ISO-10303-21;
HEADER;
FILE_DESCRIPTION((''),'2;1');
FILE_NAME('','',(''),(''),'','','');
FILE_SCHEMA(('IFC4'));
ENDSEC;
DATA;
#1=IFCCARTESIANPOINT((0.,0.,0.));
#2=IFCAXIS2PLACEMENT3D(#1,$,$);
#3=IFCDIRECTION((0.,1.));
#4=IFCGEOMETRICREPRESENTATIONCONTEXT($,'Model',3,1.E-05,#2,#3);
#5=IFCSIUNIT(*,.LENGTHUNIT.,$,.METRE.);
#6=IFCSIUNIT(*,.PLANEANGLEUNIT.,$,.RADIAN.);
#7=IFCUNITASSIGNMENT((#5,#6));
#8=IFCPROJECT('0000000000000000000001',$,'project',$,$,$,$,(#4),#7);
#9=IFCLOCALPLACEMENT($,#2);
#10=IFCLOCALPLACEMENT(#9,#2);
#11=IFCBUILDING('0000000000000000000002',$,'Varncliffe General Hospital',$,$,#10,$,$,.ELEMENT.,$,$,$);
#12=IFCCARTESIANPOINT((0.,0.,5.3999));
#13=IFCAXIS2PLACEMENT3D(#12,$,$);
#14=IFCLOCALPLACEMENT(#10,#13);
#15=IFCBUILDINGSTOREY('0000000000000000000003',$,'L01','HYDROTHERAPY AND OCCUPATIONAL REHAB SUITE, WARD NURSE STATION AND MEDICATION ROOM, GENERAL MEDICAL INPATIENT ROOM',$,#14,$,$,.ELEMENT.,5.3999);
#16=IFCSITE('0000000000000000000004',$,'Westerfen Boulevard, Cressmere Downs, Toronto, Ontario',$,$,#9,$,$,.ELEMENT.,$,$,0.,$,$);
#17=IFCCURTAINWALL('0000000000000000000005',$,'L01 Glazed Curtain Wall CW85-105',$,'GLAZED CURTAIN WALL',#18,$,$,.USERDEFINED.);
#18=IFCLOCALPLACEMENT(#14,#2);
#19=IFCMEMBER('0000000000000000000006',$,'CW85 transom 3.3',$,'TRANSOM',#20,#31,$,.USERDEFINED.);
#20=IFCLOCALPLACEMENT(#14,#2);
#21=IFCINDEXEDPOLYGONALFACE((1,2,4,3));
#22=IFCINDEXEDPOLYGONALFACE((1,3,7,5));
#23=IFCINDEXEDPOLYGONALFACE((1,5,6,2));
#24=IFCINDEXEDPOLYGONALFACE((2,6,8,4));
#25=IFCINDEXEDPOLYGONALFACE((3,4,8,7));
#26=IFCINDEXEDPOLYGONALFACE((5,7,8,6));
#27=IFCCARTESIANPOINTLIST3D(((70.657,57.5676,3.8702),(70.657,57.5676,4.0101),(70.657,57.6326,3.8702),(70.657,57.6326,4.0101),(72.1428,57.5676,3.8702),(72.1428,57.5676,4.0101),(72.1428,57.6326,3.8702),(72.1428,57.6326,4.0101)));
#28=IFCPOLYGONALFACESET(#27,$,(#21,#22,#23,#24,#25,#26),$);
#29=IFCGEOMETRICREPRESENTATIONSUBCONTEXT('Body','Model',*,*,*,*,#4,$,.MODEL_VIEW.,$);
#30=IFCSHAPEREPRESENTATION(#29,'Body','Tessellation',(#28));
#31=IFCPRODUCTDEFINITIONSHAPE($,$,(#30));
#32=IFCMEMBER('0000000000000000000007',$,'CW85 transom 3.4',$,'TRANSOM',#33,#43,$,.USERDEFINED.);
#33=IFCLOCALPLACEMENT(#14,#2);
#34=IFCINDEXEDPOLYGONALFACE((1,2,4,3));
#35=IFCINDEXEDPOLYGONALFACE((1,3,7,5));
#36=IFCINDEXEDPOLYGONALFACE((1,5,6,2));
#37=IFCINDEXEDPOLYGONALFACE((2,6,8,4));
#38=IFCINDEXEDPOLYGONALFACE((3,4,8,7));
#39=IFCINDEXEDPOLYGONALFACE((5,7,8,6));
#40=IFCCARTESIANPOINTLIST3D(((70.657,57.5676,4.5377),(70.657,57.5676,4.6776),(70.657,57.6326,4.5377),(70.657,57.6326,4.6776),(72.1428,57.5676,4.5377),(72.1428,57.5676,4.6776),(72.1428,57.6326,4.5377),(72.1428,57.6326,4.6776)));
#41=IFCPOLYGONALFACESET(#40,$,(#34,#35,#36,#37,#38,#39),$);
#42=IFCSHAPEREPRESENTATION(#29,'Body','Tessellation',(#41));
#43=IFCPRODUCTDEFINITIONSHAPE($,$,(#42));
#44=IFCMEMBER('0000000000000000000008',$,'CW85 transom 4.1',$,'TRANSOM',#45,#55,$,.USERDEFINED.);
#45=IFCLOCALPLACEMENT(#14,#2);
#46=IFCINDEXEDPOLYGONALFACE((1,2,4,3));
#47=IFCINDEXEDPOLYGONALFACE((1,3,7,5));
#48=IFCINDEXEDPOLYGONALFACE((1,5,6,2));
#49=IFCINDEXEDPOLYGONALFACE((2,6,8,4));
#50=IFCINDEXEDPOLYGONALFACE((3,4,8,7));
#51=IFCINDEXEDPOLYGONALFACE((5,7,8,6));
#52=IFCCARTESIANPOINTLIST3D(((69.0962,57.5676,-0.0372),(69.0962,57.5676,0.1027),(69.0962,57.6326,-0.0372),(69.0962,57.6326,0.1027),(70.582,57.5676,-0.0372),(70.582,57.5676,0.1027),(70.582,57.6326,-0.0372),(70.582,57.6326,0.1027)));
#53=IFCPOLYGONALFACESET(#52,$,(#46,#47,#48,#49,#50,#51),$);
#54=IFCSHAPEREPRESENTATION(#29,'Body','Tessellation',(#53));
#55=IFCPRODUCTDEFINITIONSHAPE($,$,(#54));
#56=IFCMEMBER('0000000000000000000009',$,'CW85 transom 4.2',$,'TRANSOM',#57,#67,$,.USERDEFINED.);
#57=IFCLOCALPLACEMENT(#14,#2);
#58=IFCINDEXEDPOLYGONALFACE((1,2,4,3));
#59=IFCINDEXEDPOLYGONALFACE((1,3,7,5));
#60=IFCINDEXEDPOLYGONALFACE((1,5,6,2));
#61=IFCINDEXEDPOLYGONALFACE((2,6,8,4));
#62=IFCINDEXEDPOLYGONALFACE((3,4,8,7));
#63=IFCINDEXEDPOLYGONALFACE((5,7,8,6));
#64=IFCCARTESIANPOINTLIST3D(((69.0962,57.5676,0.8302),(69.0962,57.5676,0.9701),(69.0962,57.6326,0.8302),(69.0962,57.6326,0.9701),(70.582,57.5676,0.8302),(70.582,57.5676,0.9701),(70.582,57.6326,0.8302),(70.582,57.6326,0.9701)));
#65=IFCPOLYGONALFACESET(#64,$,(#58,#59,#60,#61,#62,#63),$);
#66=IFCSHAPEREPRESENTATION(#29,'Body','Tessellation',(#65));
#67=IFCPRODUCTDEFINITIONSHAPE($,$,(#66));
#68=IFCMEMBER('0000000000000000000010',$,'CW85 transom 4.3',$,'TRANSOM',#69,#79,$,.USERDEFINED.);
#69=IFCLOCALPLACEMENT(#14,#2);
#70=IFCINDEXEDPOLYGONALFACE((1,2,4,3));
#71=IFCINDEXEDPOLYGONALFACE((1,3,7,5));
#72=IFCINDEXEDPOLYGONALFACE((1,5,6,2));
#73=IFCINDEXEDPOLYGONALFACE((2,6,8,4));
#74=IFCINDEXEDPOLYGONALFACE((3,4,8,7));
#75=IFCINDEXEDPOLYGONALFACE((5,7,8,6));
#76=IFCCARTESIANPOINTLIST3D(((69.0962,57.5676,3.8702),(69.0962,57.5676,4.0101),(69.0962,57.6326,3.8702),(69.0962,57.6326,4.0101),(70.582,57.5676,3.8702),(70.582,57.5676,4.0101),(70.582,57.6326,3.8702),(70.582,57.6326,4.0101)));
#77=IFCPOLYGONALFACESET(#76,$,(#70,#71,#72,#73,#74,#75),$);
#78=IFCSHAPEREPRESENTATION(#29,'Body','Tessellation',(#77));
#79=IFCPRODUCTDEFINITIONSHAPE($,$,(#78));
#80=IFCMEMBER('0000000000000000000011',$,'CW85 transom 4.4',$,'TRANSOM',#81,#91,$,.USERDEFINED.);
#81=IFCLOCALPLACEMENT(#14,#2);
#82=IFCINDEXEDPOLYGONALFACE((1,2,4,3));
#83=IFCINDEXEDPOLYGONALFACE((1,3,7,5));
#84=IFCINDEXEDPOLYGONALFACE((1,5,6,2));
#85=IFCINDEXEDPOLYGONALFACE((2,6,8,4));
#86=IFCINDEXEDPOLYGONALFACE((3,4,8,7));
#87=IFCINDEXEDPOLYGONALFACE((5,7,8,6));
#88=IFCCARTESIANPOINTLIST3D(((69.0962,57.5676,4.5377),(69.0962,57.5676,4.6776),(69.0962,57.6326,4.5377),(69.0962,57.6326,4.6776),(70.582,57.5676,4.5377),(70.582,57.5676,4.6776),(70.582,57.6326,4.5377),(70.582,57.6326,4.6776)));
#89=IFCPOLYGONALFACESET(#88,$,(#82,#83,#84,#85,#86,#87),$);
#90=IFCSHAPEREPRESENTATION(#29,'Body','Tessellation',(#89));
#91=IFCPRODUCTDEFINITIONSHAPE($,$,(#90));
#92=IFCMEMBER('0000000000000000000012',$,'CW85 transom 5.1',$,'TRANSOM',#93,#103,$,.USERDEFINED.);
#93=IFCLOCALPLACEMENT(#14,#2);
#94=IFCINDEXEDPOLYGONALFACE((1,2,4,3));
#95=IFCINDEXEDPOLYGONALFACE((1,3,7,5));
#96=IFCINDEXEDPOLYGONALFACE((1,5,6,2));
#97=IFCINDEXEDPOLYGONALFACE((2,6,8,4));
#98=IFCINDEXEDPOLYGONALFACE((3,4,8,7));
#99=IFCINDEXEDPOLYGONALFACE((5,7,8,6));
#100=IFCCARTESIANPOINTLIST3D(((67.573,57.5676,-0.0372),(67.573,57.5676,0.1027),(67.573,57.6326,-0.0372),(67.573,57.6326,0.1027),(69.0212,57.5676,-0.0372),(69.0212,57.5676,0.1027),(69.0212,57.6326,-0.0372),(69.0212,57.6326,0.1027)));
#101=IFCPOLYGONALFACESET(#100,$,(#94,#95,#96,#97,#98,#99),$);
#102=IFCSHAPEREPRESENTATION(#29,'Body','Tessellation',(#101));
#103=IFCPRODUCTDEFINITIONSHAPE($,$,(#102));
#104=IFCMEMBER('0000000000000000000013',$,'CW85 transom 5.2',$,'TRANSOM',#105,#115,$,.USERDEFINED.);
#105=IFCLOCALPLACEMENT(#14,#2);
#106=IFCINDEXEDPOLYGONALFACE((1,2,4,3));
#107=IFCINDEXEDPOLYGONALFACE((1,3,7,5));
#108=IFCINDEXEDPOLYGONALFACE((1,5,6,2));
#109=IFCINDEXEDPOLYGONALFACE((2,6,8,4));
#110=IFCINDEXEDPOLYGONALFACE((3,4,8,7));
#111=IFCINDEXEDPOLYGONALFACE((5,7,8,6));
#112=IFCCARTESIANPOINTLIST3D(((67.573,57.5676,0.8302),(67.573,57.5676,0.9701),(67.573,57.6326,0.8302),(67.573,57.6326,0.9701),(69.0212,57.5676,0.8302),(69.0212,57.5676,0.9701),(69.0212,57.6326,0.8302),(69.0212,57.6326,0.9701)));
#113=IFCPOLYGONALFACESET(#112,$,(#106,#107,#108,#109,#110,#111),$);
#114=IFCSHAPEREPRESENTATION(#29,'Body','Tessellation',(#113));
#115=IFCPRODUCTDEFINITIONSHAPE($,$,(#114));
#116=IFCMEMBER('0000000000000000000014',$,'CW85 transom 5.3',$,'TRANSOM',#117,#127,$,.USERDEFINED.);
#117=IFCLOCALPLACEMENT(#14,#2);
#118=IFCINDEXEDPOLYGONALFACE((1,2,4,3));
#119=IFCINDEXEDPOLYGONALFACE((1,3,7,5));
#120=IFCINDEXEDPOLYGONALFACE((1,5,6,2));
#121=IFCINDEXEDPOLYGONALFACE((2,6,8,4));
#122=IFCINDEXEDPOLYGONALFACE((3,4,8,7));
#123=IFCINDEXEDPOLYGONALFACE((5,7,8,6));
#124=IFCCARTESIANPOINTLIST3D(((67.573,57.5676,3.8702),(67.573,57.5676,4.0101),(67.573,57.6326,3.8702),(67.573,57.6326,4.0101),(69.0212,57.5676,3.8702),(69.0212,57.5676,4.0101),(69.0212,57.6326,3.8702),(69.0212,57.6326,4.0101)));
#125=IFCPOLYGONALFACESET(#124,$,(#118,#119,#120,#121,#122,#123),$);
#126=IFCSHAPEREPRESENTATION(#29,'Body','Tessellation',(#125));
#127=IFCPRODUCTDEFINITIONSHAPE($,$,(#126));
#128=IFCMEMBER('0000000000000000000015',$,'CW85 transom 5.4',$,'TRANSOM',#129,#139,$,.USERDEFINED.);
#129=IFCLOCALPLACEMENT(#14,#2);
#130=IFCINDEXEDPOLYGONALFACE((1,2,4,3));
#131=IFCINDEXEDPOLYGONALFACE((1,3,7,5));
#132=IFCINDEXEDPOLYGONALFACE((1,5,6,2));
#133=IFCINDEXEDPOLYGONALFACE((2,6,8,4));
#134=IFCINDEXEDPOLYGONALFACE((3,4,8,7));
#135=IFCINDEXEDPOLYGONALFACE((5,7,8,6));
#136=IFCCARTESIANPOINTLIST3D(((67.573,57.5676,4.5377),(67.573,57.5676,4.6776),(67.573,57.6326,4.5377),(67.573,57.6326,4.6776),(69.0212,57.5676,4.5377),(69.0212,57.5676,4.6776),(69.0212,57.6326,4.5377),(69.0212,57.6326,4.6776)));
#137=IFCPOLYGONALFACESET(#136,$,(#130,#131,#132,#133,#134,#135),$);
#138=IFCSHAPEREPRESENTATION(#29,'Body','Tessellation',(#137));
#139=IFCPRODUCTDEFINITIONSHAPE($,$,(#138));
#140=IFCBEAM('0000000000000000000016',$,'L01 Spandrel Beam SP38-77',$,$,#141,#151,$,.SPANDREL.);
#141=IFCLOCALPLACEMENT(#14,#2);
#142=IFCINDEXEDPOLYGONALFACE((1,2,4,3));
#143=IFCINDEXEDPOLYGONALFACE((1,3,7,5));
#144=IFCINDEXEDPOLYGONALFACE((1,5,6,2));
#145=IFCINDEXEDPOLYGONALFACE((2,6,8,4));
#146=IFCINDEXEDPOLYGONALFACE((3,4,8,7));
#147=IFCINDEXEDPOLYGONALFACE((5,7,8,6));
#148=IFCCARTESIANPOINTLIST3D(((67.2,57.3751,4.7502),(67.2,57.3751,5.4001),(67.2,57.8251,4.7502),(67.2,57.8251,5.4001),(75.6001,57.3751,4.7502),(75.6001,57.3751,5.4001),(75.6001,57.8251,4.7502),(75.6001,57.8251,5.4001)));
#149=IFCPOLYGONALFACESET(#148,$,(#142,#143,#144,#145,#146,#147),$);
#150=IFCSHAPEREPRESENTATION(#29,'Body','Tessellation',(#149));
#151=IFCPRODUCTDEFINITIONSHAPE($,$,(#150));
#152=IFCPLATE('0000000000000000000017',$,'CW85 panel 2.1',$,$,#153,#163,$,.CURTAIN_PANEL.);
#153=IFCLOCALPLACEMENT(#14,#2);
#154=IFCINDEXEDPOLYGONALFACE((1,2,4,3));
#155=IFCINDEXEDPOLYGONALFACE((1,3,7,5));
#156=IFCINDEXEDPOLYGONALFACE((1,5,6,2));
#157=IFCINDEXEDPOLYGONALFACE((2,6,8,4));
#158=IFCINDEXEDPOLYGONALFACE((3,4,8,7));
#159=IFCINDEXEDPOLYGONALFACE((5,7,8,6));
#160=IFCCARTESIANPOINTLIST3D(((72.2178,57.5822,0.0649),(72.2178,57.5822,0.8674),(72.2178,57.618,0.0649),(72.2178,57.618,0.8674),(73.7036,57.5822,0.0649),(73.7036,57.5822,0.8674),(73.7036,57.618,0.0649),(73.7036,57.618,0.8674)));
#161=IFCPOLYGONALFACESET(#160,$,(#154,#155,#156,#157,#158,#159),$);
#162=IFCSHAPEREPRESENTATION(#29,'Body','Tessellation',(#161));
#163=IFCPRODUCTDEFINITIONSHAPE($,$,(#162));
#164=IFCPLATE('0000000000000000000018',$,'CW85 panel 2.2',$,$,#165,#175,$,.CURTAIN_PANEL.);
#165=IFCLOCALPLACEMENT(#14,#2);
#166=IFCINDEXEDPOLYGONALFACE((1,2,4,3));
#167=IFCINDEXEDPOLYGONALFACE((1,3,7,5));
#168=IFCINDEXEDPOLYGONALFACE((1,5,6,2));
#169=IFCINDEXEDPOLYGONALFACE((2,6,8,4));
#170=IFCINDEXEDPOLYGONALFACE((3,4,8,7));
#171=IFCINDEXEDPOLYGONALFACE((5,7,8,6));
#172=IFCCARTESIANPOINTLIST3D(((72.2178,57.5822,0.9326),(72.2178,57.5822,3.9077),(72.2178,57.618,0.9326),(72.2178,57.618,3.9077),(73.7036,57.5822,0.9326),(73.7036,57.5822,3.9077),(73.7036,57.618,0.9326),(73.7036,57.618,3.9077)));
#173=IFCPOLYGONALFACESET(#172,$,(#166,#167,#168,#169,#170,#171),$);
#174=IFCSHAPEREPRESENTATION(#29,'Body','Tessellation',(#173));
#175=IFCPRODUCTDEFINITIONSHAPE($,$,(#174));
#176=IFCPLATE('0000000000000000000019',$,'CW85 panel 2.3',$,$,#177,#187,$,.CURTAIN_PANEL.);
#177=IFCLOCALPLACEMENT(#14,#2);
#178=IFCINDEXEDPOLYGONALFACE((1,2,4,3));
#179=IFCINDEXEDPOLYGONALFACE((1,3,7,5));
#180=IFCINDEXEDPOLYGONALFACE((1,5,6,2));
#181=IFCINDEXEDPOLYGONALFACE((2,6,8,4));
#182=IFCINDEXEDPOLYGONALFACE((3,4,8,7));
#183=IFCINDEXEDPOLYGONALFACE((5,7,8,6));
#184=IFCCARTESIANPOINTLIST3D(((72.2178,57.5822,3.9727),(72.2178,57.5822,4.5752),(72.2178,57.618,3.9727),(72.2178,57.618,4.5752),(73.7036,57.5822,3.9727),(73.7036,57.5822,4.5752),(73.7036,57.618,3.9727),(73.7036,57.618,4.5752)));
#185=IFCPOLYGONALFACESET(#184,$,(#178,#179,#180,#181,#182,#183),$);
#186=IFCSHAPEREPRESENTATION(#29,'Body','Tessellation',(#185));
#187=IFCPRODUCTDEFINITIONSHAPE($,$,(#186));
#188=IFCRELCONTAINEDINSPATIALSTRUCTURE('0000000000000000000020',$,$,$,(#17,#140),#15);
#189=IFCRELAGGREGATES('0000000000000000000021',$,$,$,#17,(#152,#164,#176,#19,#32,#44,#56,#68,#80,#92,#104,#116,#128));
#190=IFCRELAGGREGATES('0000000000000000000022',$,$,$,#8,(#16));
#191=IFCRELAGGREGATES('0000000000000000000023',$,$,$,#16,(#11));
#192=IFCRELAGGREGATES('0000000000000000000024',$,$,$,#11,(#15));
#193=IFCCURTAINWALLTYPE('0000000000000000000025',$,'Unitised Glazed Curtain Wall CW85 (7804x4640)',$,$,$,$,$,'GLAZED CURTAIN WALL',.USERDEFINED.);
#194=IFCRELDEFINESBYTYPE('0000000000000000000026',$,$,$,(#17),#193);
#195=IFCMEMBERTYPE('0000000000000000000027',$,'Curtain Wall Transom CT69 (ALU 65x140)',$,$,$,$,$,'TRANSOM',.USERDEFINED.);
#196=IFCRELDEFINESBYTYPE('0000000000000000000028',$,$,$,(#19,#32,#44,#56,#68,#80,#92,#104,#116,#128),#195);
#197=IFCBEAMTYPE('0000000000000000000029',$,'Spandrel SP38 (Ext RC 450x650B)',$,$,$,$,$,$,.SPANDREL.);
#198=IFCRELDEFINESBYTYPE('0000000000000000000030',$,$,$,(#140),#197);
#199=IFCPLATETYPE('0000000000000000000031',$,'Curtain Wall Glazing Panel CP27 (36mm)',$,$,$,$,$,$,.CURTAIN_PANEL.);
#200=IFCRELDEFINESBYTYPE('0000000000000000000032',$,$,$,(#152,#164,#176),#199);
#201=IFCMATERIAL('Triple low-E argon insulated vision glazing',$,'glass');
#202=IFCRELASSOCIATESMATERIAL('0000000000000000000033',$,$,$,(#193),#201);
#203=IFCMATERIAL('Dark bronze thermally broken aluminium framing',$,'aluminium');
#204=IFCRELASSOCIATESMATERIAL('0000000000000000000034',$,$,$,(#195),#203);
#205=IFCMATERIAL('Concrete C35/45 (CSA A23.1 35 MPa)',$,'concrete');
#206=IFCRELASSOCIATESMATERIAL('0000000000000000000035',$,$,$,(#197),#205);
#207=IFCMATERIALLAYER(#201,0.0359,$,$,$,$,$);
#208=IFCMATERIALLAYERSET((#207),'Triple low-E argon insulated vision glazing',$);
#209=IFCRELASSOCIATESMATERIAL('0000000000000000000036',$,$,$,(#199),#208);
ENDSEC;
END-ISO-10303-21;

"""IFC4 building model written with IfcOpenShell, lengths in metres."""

from ifc_helpers import new_model, si_unit, direction, frame, origin, origin_2d, place, context, subcontext, project, spatial, rectangle, extrude, material, layer, layer_set, material_profile, profile_set, type_object, element, aggregate, save


model = new_model("IFC4")

# Units and contexts
model_context = context("Model", 3, precision=1e-05, world=origin(), true_north=direction((0.0, 1.0)))
body_context = subcontext(model_context, "Body", "Model", "MODEL_VIEW")
ifc_project = project(units=[si_unit("LENGTHUNIT", "METRE"), si_unit("PLANEANGLEUNIT", "RADIAN")], contexts=[model_context])

# Site, building, storey
site_placement = place(None, origin())
site = spatial("IfcSite", under=ifc_project, at=site_placement, Name="Westerfen Boulevard, Cressmere Downs, Toronto, Ontario", CompositionType="ELEMENT", RefElevation=0.0)
building_placement = place(site_placement, origin())
building = spatial("IfcBuilding", under=site, at=building_placement, Name="Varncliffe General Hospital", CompositionType="ELEMENT")
storey_placement = place(building_placement, frame((0.0, 0.0, 5.3999)))
storey = spatial("IfcBuildingStorey", under=building, at=storey_placement, Name="L01", Description="HYDROTHERAPY AND OCCUPATIONAL REHAB SUITE, WARD NURSE STATION AND MEDICATION ROOM, GENERAL MEDICAL INPATIENT ROOM", CompositionType="ELEMENT", Elevation=5.3999)

# Shared definitions
ifc_material_1 = material(Name="Concrete C35/45 (CSA A23.1 35 MPa)", Category="concrete")

# Shared definitions
ifc_material_2 = material(Name="Triple low-E argon insulated vision glazing", Category="glass")
ifc_material_3 = material(Name="Dark bronze thermally broken aluminium framing", Category="aluminium")

# Curtain wall
curtain_wall_type_1 = type_object("IfcCurtainWallType", Name="Unitised Glazed Curtain Wall CW85 (7804x4640)", ElementType="GLAZED CURTAIN WALL", PredefinedType="USERDEFINED", material=ifc_material_2)
curtain_wall_1_placement = place(storey_placement, origin())
curtain_wall_1 = element("IfcCurtainWall", 1, at=curtain_wall_1_placement, inside=storey, type_object=curtain_wall_type_1, Name="L01 Glazed Curtain Wall CW85-105", ObjectType="GLAZED CURTAIN WALL", PredefinedType="USERDEFINED")

# Members
ifc_material_profile_1 = material_profile(ifc_material_3, rectangle(XDim=0.0649, YDim=0.1399, at=origin_2d()), Name="ALU 65x140")
ifc_profile_set_1 = profile_set([ifc_material_profile_1], Name="Dark bronze thermally broken aluminium framing")
member_type_1 = type_object("IfcMemberType", Name="Curtain Wall Transom CT69 (ALU 65x140)", ElementType="TRANSOM", PredefinedType="USERDEFINED", material=ifc_profile_set_1)
member_1_placement = place(storey_placement, frame((72.1428, 57.6001, 3.9402), z_axis=(-1.0, 0.0, 0.0), x_axis=(0.0, -1.0, 0.0)))
member_1 = element("IfcMember", 2, at=member_1_placement, type_object=member_type_1, Name="CW85 transom 3.3", ObjectType="TRANSOM", PredefinedType="USERDEFINED", context=body_context, shape_type="SweptSolid", body=[
    extrude(rectangle(XDim=0.0649, YDim=0.1399, at=origin_2d()), origin(), (0.0, 0.0, 1.0), 1.4858),
])
member_2_placement = place(storey_placement, frame((72.1428, 57.6001, 4.6077), z_axis=(-1.0, 0.0, 0.0), x_axis=(0.0, -1.0, 0.0)))
member_2 = element("IfcMember", 3, at=member_2_placement, type_object=member_type_1, Name="CW85 transom 3.4", ObjectType="TRANSOM", PredefinedType="USERDEFINED", context=body_context, shape_type="SweptSolid", body=[
    extrude(rectangle(XDim=0.0649, YDim=0.1399, at=origin_2d()), origin(), (0.0, 0.0, 1.0), 1.4858),
])
member_3_placement = place(storey_placement, frame((70.582, 57.6001, 0.0327), z_axis=(-1.0, 0.0, 0.0), x_axis=(0.0, -1.0, 0.0)))
member_3 = element("IfcMember", 4, at=member_3_placement, type_object=member_type_1, Name="CW85 transom 4.1", ObjectType="TRANSOM", PredefinedType="USERDEFINED", context=body_context, shape_type="SweptSolid", body=[
    extrude(rectangle(XDim=0.0649, YDim=0.1399, at=origin_2d()), origin(), (0.0, 0.0, 1.0), 1.4858),
])
member_4_placement = place(storey_placement, frame((70.582, 57.6001, 0.9001), z_axis=(-1.0, 0.0, 0.0), x_axis=(0.0, -1.0, 0.0)))
member_4 = element("IfcMember", 5, at=member_4_placement, type_object=member_type_1, Name="CW85 transom 4.2", ObjectType="TRANSOM", PredefinedType="USERDEFINED", context=body_context, shape_type="SweptSolid", body=[
    extrude(rectangle(XDim=0.0649, YDim=0.1399, at=origin_2d()), origin(), (0.0, 0.0, 1.0), 1.4858),
])
member_5_placement = place(storey_placement, frame((70.582, 57.6001, 3.9402), z_axis=(-1.0, 0.0, 0.0), x_axis=(0.0, -1.0, 0.0)))
member_5 = element("IfcMember", 6, at=member_5_placement, type_object=member_type_1, Name="CW85 transom 4.3", ObjectType="TRANSOM", PredefinedType="USERDEFINED", context=body_context, shape_type="SweptSolid", body=[
    extrude(rectangle(XDim=0.0649, YDim=0.1399, at=origin_2d()), origin(), (0.0, 0.0, 1.0), 1.4858),
])
member_6_placement = place(storey_placement, frame((70.582, 57.6001, 4.6077), z_axis=(-1.0, 0.0, 0.0), x_axis=(0.0, -1.0, 0.0)))
member_6 = element("IfcMember", 7, at=member_6_placement, type_object=member_type_1, Name="CW85 transom 4.4", ObjectType="TRANSOM", PredefinedType="USERDEFINED", context=body_context, shape_type="SweptSolid", body=[
    extrude(rectangle(XDim=0.0649, YDim=0.1399, at=origin_2d()), origin(), (0.0, 0.0, 1.0), 1.4858),
])
member_7_placement = place(storey_placement, frame((69.0212, 57.6001, 0.0327), z_axis=(-1.0, 0.0, 0.0), x_axis=(0.0, -1.0, 0.0)))
member_7 = element("IfcMember", 8, at=member_7_placement, type_object=member_type_1, Name="CW85 transom 5.1", ObjectType="TRANSOM", PredefinedType="USERDEFINED", context=body_context, shape_type="SweptSolid", body=[
    extrude(rectangle(XDim=0.0649, YDim=0.1399, at=origin_2d()), origin(), (0.0, 0.0, 1.0), 1.4482),
])
member_8_placement = place(storey_placement, frame((69.0212, 57.6001, 0.9001), z_axis=(-1.0, 0.0, 0.0), x_axis=(0.0, -1.0, 0.0)))
member_8 = element("IfcMember", 9, at=member_8_placement, type_object=member_type_1, Name="CW85 transom 5.2", ObjectType="TRANSOM", PredefinedType="USERDEFINED", context=body_context, shape_type="SweptSolid", body=[
    extrude(rectangle(XDim=0.0649, YDim=0.1399, at=origin_2d()), origin(), (0.0, 0.0, 1.0), 1.4482),
])
member_9_placement = place(storey_placement, frame((69.0212, 57.6001, 3.9402), z_axis=(-1.0, 0.0, 0.0), x_axis=(0.0, -1.0, 0.0)))
member_9 = element("IfcMember", 10, at=member_9_placement, type_object=member_type_1, Name="CW85 transom 5.3", ObjectType="TRANSOM", PredefinedType="USERDEFINED", context=body_context, shape_type="SweptSolid", body=[
    extrude(rectangle(XDim=0.0649, YDim=0.1399, at=origin_2d()), origin(), (0.0, 0.0, 1.0), 1.4482),
])
member_10_placement = place(storey_placement, frame((69.0212, 57.6001, 4.6077), z_axis=(-1.0, 0.0, 0.0), x_axis=(0.0, -1.0, 0.0)))
member_10 = element("IfcMember", 11, at=member_10_placement, type_object=member_type_1, Name="CW85 transom 5.4", ObjectType="TRANSOM", PredefinedType="USERDEFINED", context=body_context, shape_type="SweptSolid", body=[
    extrude(rectangle(XDim=0.0649, YDim=0.1399, at=origin_2d()), origin(), (0.0, 0.0, 1.0), 1.4482),
])

# Beam
ifc_material_profile_2 = material_profile(ifc_material_1, rectangle(XDim=0.45, YDim=0.6499, at=origin_2d()), Name="RC 450x650")
ifc_profile_set_2 = profile_set([ifc_material_profile_2], Name="Concrete C35/45 (CSA A23.1 35 MPa)")
beam_type_1 = type_object("IfcBeamType", Name="Spandrel SP38 (Ext RC 450x650B)", PredefinedType="SPANDREL", material=ifc_profile_set_2)
beam_1_placement = place(storey_placement, frame((67.2, 57.6001, 5.0752), z_axis=(1.0, 0.0, 0.0), x_axis=(0.0, 1.0, 0.0)))
element("IfcBeam", 12, at=beam_1_placement, inside=storey, type_object=beam_type_1, Name="L01 Spandrel Beam SP38-77", PredefinedType="SPANDREL", context=body_context, shape_type="SweptSolid", body=[
    extrude(rectangle(XDim=0.45, YDim=0.6499, at=origin_2d()), origin(), (0.0, 0.0, 1.0), 8.4001),
])

# Plates
ifc_layer = layer(ifc_material_2, 0.0359)
ifc_layer_set = layer_set([ifc_layer], Name="Triple low-E argon insulated vision glazing")
plate_type = type_object("IfcPlateType", Name="Curtain Wall Glazing Panel CP27 (36mm)", PredefinedType="CURTAIN_PANEL", material=ifc_layer_set)
plate_1_placement = place(storey_placement, frame((72.9607, 57.6001, 0.0649), z_axis=(0.0, 0.0, 1.0), x_axis=(-1.0, 0.0, 0.0)))
plate_1 = element("IfcPlate", 13, at=plate_1_placement, type_object=plate_type, Name="CW85 panel 2.1", PredefinedType="CURTAIN_PANEL", context=body_context, shape_type="SweptSolid", body=[
    extrude(rectangle(XDim=1.4858, YDim=0.0359, at=origin_2d()), origin(), (0.0, 0.0, 1.0), 0.8025),
])
plate_2_placement = place(storey_placement, frame((72.9607, 57.6001, 0.9326), z_axis=(0.0, 0.0, 1.0), x_axis=(-1.0, 0.0, 0.0)))
plate_2 = element("IfcPlate", 14, at=plate_2_placement, type_object=plate_type, Name="CW85 panel 2.2", PredefinedType="CURTAIN_PANEL", context=body_context, shape_type="SweptSolid", body=[
    extrude(rectangle(XDim=1.4858, YDim=0.0359, at=origin_2d()), origin(), (0.0, 0.0, 1.0), 2.9751),
])
plate_3_placement = place(storey_placement, frame((72.9607, 57.6001, 3.9727), z_axis=(0.0, 0.0, 1.0), x_axis=(-1.0, 0.0, 0.0)))
plate_3 = element("IfcPlate", 15, at=plate_3_placement, type_object=plate_type, Name="CW85 panel 2.3", PredefinedType="CURTAIN_PANEL", context=body_context, shape_type="SweptSolid", body=[
    extrude(rectangle(XDim=1.4858, YDim=0.0359, at=origin_2d()), origin(), (0.0, 0.0, 1.0), 0.6025),
])
aggregate(curtain_wall_1, [plate_1, plate_2, plate_3, member_1, member_2, member_3, member_4, member_5, member_6, member_7, member_8, member_9, member_10])

save(model, "model.ifc")
